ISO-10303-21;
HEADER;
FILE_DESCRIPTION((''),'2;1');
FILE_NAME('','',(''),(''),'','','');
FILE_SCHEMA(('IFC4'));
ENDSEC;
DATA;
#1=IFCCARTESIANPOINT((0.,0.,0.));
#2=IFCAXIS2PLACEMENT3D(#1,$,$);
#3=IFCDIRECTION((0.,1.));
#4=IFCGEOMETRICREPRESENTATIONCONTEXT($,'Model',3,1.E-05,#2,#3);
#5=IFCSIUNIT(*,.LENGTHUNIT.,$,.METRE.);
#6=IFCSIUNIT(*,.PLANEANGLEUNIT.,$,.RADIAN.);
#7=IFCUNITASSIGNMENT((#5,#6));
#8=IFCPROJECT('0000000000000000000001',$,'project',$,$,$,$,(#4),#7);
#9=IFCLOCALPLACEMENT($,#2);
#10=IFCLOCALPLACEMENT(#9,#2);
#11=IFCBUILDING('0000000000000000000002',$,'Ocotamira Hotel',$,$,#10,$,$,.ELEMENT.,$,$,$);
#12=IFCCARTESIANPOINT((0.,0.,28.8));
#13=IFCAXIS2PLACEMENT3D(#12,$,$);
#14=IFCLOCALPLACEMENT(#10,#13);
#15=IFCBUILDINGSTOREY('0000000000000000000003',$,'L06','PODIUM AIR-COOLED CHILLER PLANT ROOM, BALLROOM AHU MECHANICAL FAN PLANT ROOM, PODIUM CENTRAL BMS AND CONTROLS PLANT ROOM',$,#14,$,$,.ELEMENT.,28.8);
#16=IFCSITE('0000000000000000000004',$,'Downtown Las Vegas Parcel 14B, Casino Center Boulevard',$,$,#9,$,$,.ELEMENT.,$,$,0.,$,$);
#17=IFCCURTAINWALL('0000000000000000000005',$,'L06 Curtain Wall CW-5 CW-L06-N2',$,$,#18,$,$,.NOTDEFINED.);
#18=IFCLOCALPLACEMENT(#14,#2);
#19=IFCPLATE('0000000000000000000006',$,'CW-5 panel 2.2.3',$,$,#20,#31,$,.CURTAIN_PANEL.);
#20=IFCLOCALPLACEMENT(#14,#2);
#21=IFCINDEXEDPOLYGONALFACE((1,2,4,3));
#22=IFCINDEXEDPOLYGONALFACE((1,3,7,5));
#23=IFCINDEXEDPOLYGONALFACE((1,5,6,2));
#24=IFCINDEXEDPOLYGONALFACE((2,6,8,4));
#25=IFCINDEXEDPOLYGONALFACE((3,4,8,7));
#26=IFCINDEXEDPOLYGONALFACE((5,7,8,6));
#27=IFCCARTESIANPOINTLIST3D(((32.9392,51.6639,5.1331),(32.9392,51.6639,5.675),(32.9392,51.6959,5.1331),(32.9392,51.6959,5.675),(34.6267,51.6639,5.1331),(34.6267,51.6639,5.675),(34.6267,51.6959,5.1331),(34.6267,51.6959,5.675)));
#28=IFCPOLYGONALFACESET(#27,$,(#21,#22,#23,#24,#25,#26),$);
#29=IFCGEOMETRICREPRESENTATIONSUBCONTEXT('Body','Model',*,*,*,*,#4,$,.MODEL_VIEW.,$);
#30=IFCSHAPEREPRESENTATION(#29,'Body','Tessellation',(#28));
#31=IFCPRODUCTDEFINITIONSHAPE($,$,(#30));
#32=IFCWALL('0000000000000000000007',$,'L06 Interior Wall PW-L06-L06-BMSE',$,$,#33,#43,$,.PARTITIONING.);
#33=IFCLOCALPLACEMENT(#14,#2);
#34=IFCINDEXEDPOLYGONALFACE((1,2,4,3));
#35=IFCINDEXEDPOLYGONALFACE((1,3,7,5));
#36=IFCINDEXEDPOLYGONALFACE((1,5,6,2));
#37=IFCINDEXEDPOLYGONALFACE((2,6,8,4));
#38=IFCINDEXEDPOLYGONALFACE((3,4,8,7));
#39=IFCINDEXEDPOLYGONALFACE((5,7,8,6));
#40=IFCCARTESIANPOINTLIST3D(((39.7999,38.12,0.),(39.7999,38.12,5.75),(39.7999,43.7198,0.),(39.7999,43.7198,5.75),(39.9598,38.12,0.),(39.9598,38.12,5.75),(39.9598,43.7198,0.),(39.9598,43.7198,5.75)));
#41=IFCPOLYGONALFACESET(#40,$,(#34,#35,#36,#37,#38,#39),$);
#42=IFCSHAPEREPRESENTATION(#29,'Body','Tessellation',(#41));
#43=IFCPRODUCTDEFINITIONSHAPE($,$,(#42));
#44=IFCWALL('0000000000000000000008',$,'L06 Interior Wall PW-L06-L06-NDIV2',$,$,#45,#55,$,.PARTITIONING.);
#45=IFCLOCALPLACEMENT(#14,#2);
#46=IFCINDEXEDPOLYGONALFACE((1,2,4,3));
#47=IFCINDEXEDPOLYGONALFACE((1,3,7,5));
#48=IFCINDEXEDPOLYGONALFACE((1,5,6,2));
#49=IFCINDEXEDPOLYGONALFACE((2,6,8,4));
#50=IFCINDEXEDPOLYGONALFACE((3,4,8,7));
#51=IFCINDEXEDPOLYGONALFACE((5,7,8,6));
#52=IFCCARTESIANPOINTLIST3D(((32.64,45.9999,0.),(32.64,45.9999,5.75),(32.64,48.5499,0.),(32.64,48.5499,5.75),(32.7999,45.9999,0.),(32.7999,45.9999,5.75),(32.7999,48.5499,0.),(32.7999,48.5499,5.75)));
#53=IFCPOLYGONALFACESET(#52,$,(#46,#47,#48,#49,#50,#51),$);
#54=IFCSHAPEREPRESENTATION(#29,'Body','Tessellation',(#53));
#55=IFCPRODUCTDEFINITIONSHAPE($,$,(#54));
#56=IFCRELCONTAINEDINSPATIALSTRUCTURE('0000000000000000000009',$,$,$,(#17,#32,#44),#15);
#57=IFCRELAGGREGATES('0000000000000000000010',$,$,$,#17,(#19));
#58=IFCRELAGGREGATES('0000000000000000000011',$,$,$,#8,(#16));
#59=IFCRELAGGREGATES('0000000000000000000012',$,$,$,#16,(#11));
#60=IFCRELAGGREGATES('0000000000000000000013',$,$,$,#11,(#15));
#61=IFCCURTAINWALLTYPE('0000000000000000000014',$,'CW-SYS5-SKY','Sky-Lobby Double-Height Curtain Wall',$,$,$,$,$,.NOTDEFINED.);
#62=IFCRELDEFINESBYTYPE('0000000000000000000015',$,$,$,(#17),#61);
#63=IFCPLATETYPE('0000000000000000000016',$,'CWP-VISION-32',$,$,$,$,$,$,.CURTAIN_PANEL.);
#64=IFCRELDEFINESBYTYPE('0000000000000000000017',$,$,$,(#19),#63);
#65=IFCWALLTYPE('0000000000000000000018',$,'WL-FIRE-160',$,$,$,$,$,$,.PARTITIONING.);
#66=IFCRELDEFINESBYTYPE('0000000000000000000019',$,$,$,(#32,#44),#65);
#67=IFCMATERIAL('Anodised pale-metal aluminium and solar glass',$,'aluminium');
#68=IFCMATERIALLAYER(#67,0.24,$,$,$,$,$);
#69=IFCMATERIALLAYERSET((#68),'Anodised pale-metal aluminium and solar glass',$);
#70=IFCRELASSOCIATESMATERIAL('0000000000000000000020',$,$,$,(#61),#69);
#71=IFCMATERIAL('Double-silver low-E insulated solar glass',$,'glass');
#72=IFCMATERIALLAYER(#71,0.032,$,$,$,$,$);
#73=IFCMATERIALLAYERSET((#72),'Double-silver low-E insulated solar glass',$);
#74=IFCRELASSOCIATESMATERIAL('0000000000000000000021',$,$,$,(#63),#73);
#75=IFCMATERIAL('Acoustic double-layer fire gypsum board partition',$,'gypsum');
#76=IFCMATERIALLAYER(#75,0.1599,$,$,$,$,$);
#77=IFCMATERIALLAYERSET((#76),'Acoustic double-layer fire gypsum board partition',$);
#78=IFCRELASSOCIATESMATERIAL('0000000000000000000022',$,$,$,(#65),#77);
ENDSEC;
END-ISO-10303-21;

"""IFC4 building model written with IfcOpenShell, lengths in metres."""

from ifc_helpers import new_model, si_unit, direction, frame, frame_2d, origin, origin_2d, place, context, subcontext, project, spatial, rectangle, extrude, source, transform, mapped, material, layer, layer_set, type_object, element, aggregate, save


model = new_model("IFC4")

# Units and contexts
model_context = context("Model", 3, precision=1e-05, world=origin(), true_north=direction((0.0, 1.0)))
body_context = subcontext(model_context, "Body", "Model", "MODEL_VIEW")
ifc_project = project(units=[si_unit("LENGTHUNIT", "METRE"), si_unit("PLANEANGLEUNIT", "RADIAN")], contexts=[model_context])

# Site, building, storey
site_placement = place(None, origin())
site = spatial("IfcSite", under=ifc_project, at=site_placement, Name="Downtown Las Vegas Parcel 14B, Casino Center Boulevard", CompositionType="ELEMENT", RefElevation=0.0)
building_placement = place(site_placement, origin())
building = spatial("IfcBuilding", under=site, at=building_placement, Name="Ocotamira Hotel", CompositionType="ELEMENT")
storey_placement = place(building_placement, frame((0.0, 0.0, 28.8)))
storey = spatial("IfcBuildingStorey", under=building, at=storey_placement, Name="L06", Description="PODIUM AIR-COOLED CHILLER PLANT ROOM, BALLROOM AHU MECHANICAL FAN PLANT ROOM, PODIUM CENTRAL BMS AND CONTROLS PLANT ROOM", CompositionType="ELEMENT", Elevation=28.8)

# Curtain wall
ifc_material_1 = material(Name="Anodised pale-metal aluminium and solar glass", Category="aluminium")
ifc_layer_1 = layer(ifc_material_1, 0.24)
ifc_layer_set_1 = layer_set([ifc_layer_1], Name="Anodised pale-metal aluminium and solar glass")
curtain_wall_type = type_object("IfcCurtainWallType", Name="CW-SYS5-SKY", Description="Sky-Lobby Double-Height Curtain Wall", PredefinedType="NOTDEFINED", material=ifc_layer_set_1)
curtain_wall_1_placement = place(storey_placement, origin())
curtain_wall_1 = element("IfcCurtainWall", 1, at=curtain_wall_1_placement, inside=storey, type_object=curtain_wall_type, Name="L06 Curtain Wall CW-5 CW-L06-N2", PredefinedType="NOTDEFINED")

# Plate
ifc_material_2 = material(Name="Double-silver low-E insulated solar glass", Category="glass")
ifc_layer_2 = layer(ifc_material_2, 0.032)
ifc_layer_set_2 = layer_set([ifc_layer_2], Name="Double-silver low-E insulated solar glass")
plate_type_1 = type_object("IfcPlateType", Name="CWP-VISION-32", PredefinedType="CURTAIN_PANEL", material=ifc_layer_set_2)
shared_shape_1 = source(origin(), body_context, "Body", "SweptSolid", [
    extrude(rectangle(XDim=1.6875, YDim=0.032, at=origin_2d()), origin(), (0.0, 0.0, 1.0), 0.542),
])
plate_1_placement = place(storey_placement, frame((33.783, 51.6799, 5.1331), z_axis=(0.0, 0.0, 1.0), x_axis=(1.0, 0.0, 0.0)))
plate_1 = element("IfcPlate", 2, at=plate_1_placement, type_object=plate_type_1, Name="CW-5 panel 2.2.3", PredefinedType="CURTAIN_PANEL", context=body_context, shape_type="MappedRepresentation", body=[
    mapped(shared_shape_1, transform((0.0, 0.0, 0.0), scale=1.0)),
])
aggregate(curtain_wall_1, [plate_1])

# Walls
ifc_material_3 = material(Name="Acoustic double-layer fire gypsum board partition", Category="gypsum")
ifc_layer_3 = layer(ifc_material_3, 0.1599)
ifc_layer_set_3 = layer_set([ifc_layer_3], Name="Acoustic double-layer fire gypsum board partition")
wall_type = type_object("IfcWallType", Name="WL-FIRE-160", PredefinedType="PARTITIONING", material=ifc_layer_set_3)
wall_1_placement = place(storey_placement, frame((39.8799, 38.1201, 0.0), z_axis=(0.0, 0.0, 1.0), x_axis=(0.0, 1.0, 0.0)))
element("IfcWall", 3, at=wall_1_placement, inside=storey, type_object=wall_type, Name="L06 Interior Wall PW-L06-L06-BMSE", PredefinedType="PARTITIONING", context=body_context, shape_type="SweptSolid", body=[
    extrude(rectangle(XDim=5.5999, YDim=0.1599, at=frame_2d((2.7998, 0.0))), origin(), (0.0, 0.0, 1.0), 5.75),
])
wall_2_placement = place(storey_placement, frame((32.72, 46.0, 0.0), z_axis=(0.0, 0.0, 1.0), x_axis=(0.0, 1.0, 0.0)))
element("IfcWall", 4, at=wall_2_placement, inside=storey, type_object=wall_type, Name="L06 Interior Wall PW-L06-L06-NDIV2", PredefinedType="PARTITIONING", context=body_context, shape_type="SweptSolid", body=[
    extrude(rectangle(XDim=2.55, YDim=0.1599, at=frame_2d((1.2749, 0.0))), origin(), (0.0, 0.0, 1.0), 5.75),
])

save(model, "model.ifc")
